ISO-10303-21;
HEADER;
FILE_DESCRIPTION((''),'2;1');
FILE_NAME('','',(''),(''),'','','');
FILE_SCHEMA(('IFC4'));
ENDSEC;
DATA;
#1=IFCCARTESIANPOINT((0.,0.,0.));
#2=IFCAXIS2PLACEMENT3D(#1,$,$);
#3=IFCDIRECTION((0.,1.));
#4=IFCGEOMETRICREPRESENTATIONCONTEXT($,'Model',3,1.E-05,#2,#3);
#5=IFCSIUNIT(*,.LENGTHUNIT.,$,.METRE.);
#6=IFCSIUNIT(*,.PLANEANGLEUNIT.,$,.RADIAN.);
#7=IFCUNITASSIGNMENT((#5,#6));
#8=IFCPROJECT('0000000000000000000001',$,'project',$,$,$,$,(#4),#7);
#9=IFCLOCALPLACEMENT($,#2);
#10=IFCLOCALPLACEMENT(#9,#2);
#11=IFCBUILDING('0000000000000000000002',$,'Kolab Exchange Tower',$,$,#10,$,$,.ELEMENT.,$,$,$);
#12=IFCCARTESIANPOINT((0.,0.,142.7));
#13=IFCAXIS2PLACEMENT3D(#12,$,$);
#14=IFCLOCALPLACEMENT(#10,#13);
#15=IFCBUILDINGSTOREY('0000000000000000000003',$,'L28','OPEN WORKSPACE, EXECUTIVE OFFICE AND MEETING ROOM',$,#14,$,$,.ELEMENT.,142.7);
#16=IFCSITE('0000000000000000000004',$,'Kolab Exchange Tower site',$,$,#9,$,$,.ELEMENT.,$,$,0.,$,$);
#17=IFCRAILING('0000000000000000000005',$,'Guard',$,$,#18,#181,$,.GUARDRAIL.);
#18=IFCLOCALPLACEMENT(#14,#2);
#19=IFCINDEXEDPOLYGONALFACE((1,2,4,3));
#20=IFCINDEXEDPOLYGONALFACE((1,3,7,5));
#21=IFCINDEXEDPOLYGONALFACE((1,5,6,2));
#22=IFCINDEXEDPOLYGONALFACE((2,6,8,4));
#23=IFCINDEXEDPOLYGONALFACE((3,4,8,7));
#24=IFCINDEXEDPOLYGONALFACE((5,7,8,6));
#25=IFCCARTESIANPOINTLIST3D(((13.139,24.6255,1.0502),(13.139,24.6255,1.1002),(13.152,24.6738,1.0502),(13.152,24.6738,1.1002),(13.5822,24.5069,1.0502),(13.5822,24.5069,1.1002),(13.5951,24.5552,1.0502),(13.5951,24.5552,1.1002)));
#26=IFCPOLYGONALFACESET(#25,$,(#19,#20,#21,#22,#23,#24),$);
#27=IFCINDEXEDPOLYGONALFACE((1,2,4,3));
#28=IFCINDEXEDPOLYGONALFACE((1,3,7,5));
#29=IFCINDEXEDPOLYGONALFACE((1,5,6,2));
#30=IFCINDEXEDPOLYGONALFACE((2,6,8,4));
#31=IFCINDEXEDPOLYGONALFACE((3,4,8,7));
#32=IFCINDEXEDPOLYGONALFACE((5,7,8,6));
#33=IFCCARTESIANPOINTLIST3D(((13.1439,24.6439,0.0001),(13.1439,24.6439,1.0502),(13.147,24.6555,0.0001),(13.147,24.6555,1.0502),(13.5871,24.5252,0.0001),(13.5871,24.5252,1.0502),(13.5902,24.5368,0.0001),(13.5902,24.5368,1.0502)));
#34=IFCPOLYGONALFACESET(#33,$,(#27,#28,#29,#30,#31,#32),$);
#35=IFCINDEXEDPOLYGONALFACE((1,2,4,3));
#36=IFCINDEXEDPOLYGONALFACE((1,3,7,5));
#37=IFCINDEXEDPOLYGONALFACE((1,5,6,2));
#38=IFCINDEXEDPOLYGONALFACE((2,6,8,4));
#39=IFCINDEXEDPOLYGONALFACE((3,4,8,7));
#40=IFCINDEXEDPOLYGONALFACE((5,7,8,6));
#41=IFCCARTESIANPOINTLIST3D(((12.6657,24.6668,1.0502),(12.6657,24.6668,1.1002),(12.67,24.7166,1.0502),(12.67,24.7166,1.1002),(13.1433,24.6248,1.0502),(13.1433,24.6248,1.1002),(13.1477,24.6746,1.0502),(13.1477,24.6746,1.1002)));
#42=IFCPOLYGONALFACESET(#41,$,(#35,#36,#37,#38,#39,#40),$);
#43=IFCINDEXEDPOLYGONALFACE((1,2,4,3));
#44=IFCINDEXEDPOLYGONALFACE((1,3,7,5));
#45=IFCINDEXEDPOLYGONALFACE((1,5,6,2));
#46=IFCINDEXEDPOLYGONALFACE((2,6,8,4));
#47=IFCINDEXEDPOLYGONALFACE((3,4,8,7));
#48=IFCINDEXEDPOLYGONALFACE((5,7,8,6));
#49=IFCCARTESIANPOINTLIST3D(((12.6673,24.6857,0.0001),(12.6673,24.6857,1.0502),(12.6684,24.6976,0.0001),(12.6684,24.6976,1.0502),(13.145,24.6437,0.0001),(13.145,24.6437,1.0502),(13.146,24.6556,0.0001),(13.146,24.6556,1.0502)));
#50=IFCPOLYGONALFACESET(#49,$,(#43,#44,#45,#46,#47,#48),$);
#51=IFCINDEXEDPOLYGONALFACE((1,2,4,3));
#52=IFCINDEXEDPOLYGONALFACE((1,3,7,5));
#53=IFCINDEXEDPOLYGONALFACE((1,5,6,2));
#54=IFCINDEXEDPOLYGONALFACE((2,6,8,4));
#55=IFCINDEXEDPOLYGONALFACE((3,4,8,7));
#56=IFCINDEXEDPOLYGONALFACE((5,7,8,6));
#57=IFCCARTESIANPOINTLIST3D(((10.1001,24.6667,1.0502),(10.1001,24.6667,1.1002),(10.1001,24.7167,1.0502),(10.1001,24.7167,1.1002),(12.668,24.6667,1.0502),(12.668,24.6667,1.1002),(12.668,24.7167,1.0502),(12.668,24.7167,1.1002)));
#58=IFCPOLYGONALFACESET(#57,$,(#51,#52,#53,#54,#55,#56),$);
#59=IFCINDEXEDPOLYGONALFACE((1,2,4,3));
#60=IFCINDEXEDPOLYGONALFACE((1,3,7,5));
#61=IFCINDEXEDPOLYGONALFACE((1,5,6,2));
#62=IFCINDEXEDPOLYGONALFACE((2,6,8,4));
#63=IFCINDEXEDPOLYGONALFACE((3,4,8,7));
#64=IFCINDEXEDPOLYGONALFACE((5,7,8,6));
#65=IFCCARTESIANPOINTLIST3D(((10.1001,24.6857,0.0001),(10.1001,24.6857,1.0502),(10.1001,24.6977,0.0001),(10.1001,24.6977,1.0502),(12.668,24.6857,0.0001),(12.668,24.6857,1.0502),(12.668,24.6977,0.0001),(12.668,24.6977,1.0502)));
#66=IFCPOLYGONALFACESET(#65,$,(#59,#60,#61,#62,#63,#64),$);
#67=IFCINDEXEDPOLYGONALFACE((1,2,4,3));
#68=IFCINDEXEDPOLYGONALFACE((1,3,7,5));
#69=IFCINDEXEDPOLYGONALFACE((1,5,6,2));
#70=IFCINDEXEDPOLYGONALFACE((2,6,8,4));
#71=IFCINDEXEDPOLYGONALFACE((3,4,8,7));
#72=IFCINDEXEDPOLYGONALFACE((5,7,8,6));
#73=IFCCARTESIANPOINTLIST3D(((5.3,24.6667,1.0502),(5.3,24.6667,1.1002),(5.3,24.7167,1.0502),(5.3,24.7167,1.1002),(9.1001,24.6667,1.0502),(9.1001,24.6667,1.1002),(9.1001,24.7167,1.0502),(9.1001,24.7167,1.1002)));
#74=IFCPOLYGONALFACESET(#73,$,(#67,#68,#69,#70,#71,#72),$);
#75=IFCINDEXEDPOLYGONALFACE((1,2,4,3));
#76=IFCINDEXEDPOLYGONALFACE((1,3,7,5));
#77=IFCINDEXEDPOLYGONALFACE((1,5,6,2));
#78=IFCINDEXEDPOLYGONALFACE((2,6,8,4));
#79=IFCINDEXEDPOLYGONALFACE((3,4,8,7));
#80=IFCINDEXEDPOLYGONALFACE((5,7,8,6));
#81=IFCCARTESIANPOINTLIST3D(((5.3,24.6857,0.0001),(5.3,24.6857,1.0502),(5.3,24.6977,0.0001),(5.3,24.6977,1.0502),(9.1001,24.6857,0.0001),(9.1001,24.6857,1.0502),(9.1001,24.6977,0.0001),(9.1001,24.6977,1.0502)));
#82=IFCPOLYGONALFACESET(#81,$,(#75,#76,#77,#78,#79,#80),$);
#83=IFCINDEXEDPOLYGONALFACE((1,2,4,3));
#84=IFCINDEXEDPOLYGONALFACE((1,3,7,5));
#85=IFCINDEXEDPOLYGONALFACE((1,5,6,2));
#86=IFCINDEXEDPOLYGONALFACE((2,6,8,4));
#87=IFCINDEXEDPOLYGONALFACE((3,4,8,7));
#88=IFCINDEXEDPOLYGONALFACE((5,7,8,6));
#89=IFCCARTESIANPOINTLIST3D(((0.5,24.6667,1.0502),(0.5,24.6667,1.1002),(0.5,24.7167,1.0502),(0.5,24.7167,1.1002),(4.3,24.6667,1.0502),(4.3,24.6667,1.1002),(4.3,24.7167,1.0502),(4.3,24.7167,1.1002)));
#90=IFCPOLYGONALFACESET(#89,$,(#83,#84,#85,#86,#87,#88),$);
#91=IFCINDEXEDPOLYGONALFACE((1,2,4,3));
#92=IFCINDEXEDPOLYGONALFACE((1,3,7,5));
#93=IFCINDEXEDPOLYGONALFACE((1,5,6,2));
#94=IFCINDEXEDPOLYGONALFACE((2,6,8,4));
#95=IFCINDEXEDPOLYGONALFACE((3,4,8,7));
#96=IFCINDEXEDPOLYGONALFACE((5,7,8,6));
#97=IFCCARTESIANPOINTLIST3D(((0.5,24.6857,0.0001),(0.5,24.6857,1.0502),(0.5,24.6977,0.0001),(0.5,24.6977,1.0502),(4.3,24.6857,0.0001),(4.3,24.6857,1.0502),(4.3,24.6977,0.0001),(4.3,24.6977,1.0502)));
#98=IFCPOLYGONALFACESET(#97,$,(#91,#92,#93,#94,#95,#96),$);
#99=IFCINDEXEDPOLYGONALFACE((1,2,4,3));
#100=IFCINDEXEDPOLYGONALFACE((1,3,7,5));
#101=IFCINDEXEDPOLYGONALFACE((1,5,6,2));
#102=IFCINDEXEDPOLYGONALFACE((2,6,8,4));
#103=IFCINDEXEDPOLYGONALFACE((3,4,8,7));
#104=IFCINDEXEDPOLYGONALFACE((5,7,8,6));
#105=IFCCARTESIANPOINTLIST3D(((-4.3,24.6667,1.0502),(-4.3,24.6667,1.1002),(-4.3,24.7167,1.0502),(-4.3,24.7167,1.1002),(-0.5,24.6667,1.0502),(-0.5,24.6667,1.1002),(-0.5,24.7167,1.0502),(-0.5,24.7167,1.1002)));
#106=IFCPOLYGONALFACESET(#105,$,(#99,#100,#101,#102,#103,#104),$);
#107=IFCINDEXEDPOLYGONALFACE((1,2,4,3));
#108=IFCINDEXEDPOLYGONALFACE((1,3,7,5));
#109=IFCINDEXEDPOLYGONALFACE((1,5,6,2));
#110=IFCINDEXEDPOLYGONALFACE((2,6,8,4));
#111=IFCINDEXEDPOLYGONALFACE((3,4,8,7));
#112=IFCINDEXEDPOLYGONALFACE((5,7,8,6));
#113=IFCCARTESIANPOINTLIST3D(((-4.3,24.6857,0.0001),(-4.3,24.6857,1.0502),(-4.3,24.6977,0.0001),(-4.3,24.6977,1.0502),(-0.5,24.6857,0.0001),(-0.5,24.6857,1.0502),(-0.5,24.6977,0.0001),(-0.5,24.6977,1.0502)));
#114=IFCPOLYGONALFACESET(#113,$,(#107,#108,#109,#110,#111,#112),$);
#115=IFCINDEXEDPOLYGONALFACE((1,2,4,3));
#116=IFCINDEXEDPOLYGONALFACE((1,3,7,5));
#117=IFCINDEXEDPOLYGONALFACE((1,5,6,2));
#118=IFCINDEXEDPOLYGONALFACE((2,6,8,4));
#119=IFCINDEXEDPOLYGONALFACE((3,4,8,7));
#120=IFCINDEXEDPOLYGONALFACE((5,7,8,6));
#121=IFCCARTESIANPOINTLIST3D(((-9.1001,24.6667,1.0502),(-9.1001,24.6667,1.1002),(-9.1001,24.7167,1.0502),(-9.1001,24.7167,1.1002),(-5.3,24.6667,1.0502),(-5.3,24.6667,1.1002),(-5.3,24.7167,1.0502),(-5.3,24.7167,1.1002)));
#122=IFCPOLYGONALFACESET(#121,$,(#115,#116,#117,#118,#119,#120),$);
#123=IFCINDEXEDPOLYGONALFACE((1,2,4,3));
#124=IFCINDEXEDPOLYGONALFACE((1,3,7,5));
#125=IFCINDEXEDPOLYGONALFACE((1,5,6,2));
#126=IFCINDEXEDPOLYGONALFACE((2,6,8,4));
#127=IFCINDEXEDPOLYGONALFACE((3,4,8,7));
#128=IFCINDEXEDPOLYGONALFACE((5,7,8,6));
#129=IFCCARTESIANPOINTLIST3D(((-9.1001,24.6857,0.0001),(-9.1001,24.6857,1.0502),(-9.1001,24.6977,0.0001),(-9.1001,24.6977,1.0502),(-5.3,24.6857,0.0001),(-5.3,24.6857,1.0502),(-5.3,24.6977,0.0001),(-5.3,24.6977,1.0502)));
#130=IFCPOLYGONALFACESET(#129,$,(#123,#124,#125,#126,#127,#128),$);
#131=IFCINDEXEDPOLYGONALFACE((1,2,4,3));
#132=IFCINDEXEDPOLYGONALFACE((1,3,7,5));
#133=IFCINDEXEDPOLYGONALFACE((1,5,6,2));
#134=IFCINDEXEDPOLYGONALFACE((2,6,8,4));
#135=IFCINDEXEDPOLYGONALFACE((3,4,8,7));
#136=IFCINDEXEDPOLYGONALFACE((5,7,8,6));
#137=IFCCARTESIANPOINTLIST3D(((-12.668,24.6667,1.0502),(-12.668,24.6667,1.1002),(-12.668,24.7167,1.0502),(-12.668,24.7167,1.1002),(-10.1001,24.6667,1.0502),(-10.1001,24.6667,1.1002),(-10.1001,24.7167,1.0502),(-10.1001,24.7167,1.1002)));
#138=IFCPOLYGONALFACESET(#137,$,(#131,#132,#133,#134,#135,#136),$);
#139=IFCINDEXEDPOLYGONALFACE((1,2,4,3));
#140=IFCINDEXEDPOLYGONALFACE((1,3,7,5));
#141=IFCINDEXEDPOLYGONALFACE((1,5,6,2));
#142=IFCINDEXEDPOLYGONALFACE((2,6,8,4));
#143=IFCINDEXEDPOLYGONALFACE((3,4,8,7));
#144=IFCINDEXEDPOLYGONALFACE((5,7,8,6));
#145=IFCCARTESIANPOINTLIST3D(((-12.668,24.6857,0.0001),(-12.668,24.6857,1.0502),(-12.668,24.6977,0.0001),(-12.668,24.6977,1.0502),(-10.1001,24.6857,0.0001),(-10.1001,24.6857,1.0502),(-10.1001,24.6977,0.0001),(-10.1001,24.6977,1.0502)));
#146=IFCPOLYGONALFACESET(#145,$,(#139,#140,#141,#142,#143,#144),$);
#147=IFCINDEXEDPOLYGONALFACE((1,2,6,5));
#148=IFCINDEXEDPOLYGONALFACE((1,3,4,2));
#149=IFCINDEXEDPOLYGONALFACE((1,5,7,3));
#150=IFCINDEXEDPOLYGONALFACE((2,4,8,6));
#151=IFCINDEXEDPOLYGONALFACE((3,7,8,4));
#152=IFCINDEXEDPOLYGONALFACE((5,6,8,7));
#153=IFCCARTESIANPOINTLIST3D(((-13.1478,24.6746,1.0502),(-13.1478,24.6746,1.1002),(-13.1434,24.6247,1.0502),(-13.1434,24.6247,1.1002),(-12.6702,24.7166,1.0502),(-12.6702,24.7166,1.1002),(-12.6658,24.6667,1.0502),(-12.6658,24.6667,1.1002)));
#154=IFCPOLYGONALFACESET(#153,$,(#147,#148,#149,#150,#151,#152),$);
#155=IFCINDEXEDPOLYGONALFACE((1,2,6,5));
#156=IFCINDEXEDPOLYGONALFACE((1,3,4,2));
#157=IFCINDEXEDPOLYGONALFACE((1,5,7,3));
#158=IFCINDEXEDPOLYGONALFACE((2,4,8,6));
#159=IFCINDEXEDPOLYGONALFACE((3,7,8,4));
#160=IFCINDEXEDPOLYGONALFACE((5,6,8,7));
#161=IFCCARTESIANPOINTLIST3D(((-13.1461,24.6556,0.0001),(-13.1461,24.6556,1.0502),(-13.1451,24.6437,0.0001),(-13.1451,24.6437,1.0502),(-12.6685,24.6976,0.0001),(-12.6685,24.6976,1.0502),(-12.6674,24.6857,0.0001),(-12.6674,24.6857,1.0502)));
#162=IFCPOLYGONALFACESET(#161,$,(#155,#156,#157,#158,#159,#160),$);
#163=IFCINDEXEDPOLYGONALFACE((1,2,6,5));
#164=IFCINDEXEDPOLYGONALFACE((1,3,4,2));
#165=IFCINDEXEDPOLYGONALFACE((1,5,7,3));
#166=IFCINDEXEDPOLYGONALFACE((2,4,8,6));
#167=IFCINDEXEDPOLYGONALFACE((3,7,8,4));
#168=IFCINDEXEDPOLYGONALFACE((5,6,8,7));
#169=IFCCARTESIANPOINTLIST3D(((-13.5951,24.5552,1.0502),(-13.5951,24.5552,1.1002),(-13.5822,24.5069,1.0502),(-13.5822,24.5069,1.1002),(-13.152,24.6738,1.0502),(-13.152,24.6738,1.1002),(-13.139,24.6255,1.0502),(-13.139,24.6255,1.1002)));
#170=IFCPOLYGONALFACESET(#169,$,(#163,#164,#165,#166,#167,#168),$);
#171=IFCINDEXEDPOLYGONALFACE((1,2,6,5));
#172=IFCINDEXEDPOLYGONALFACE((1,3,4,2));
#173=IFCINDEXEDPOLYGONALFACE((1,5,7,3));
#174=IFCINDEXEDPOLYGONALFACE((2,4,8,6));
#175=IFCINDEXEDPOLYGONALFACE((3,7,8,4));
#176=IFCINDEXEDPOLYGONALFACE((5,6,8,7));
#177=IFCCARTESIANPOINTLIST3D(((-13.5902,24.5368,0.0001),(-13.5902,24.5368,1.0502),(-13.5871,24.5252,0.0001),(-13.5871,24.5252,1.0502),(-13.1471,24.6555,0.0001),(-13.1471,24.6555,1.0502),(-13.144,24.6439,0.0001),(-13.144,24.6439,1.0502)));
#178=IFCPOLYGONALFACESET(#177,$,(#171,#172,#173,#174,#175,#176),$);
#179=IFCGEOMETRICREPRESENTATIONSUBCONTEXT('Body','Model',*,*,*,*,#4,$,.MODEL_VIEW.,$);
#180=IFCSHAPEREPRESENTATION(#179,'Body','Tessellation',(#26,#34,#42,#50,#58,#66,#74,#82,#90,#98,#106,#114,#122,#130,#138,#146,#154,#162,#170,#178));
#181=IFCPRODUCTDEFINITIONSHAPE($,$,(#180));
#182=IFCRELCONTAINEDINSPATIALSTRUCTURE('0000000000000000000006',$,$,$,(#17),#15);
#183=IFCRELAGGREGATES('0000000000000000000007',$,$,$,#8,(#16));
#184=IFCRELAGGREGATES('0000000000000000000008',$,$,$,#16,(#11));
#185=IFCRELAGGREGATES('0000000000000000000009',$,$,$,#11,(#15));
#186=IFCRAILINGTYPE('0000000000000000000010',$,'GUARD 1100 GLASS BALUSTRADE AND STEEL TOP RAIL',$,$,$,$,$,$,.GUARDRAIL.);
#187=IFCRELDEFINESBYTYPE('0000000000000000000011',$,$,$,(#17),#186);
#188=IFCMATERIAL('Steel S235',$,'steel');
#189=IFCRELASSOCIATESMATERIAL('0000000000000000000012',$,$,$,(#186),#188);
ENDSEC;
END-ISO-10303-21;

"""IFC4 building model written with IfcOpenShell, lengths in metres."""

from ifc_helpers import new_model, si_unit, direction, frame, frame_2d, origin, origin_2d, place, context, subcontext, project, spatial, rectangle, extrude, material, type_object, element, save


model = new_model("IFC4")

# Units and contexts
model_context = context("Model", 3, precision=1e-05, world=origin(), true_north=direction((0.0, 1.0)))
body_context = subcontext(model_context, "Body", "Model", "MODEL_VIEW")
ifc_project = project(units=[si_unit("LENGTHUNIT", "METRE"), si_unit("PLANEANGLEUNIT", "RADIAN")], contexts=[model_context])

# Site, building, storey
site_placement = place(None, origin())
site = spatial("IfcSite", under=ifc_project, at=site_placement, Name="Kolab Exchange Tower site", CompositionType="ELEMENT", RefElevation=0.0)
building_placement = place(site_placement, origin())
building = spatial("IfcBuilding", under=site, at=building_placement, Name="Kolab Exchange Tower", CompositionType="ELEMENT")
storey_placement = place(building_placement, frame((0.0, 0.0, 142.7)))
storey = spatial("IfcBuildingStorey", under=building, at=storey_placement, Name="L28", Description="OPEN WORKSPACE, EXECUTIVE OFFICE AND MEETING ROOM", CompositionType="ELEMENT", Elevation=142.7)

# Shared definitions
ifc_material_1 = material(Name="Steel S235", Category="steel")

# Railing
railing_type = type_object("IfcRailingType", Name="GUARD 1100 GLASS BALUSTRADE AND STEEL TOP RAIL", PredefinedType="GUARDRAIL", material=ifc_material_1)
railing_placement = place(storey_placement, frame((13.5886, 24.531, 0.0)))
element("IfcRailing", 1, at=railing_placement, inside=storey, type_object=railing_type, Name="Guard", PredefinedType="GUARDRAIL", context=body_context, shape_type="SweptSolid", body=[
    extrude(rectangle(XDim=0.05, YDim=0.05, at=origin_2d()), frame((0.0, 0.0, 1.0752), z_axis=(-0.965969, 0.258656, 0.0), x_axis=(-0.258656, -0.965969, 0.0)), (0.0, 0.0, 1.0), 0.4587),
    extrude(rectangle(XDim=0.012, YDim=1.0501, at=frame_2d((0.0, 0.5251))), frame((0.0, 0.0, 0.0), z_axis=(-0.965969, 0.258656, 0.0), x_axis=(-0.258656, -0.965969, 0.0)), (0.0, 0.0, 1.0), 0.4587),
    extrude(rectangle(XDim=0.05, YDim=0.05, at=origin_2d()), frame((-0.4431, 0.1187, 1.0752), z_axis=(-0.996156, 0.087597, 0.0), x_axis=(-0.087597, -0.996156, 0.0)), (0.0, 0.0, 1.0), 0.4795),
    extrude(rectangle(XDim=0.012, YDim=1.0501, at=frame_2d((0.0, 0.5251))), frame((-0.4431, 0.1187, 0.0), z_axis=(-0.996156, 0.087597, 0.0), x_axis=(-0.087597, -0.996156, 0.0)), (0.0, 0.0, 1.0), 0.4795),
    extrude(rectangle(XDim=0.05, YDim=0.05, at=origin_2d()), frame((-0.9207, 0.1606, 1.0752), z_axis=(-1.0, 0.0, 0.0), x_axis=(0.0, -1.0, 0.0)), (0.0, 0.0, 1.0), 2.5679),
    extrude(rectangle(XDim=0.012, YDim=1.0501, at=frame_2d((0.0, 0.5251))), frame((-0.9207, 0.1606, 0.0), z_axis=(-1.0, 0.0, 0.0), x_axis=(0.0, -1.0, 0.0)), (0.0, 0.0, 1.0), 2.5679),
    extrude(rectangle(XDim=0.05, YDim=0.05, at=origin_2d()), frame((-4.4885, 0.1606, 1.0752), z_axis=(-1.0, 0.0, 0.0), x_axis=(0.0, -1.0, 0.0)), (0.0, 0.0, 1.0), 3.8),
    extrude(rectangle(XDim=0.012, YDim=1.0501, at=frame_2d((0.0, 0.5251))), frame((-4.4885, 0.1606, 0.0), z_axis=(-1.0, 0.0, 0.0), x_axis=(0.0, -1.0, 0.0)), (0.0, 0.0, 1.0), 3.8),
    extrude(rectangle(XDim=0.05, YDim=0.05, at=origin_2d()), frame((-9.2886, 0.1606, 1.0752), z_axis=(-1.0, 0.0, 0.0), x_axis=(0.0, -1.0, 0.0)), (0.0, 0.0, 1.0), 3.8),
    extrude(rectangle(XDim=0.012, YDim=1.0501, at=frame_2d((0.0, 0.5251))), frame((-9.2886, 0.1606, 0.0), z_axis=(-1.0, 0.0, 0.0), x_axis=(0.0, -1.0, 0.0)), (0.0, 0.0, 1.0), 3.8),
    extrude(rectangle(XDim=0.05, YDim=0.05, at=origin_2d()), frame((-14.0886, 0.1606, 1.0752), z_axis=(-1.0, 0.0, 0.0), x_axis=(0.0, -1.0, 0.0)), (0.0, 0.0, 1.0), 3.8),
    extrude(rectangle(XDim=0.012, YDim=1.0501, at=frame_2d((0.0, 0.5251))), frame((-14.0886, 0.1606, 0.0), z_axis=(-1.0, 0.0, 0.0), x_axis=(0.0, -1.0, 0.0)), (0.0, 0.0, 1.0), 3.8),
    extrude(rectangle(XDim=0.05, YDim=0.05, at=origin_2d()), frame((-18.8887, 0.1606, 1.0752), z_axis=(-1.0, 0.0, 0.0), x_axis=(0.0, -1.0, 0.0)), (0.0, 0.0, 1.0), 3.8),
    extrude(rectangle(XDim=0.012, YDim=1.0501, at=frame_2d((0.0, 0.5251))), frame((-18.8887, 0.1606, 0.0), z_axis=(-1.0, 0.0, 0.0), x_axis=(0.0, -1.0, 0.0)), (0.0, 0.0, 1.0), 3.8),
    extrude(rectangle(XDim=0.05, YDim=0.05, at=origin_2d()), frame((-23.6887, 0.1606, 1.0752), z_axis=(-1.0, 0.0, 0.0), x_axis=(0.0, -1.0, 0.0)), (0.0, 0.0, 1.0), 2.5679),
    extrude(rectangle(XDim=0.012, YDim=1.0501, at=frame_2d((0.0, 0.5251))), frame((-23.6887, 0.1606, 0.0), z_axis=(-1.0, 0.0, 0.0), x_axis=(0.0, -1.0, 0.0)), (0.0, 0.0, 1.0), 2.5679),
    extrude(rectangle(XDim=0.05, YDim=0.05, at=origin_2d()), frame((-26.2566, 0.1606, 1.0752), z_axis=(-0.996156, -0.087597, 0.0), x_axis=(0.087597, -0.996156, 0.0)), (0.0, 0.0, 1.0), 0.4795),
    extrude(rectangle(XDim=0.012, YDim=1.0501, at=frame_2d((0.0, 0.5251))), frame((-26.2566, 0.1606, 0.0), z_axis=(-0.996156, -0.087597, 0.0), x_axis=(0.087597, -0.996156, 0.0)), (0.0, 0.0, 1.0), 0.4795),
    extrude(rectangle(XDim=0.05, YDim=0.05, at=origin_2d()), frame((-26.7341, 0.1187, 1.0752), z_axis=(-0.965969, -0.258656, 0.0), x_axis=(0.258656, -0.965969, 0.0)), (0.0, 0.0, 1.0), 0.4587),
    extrude(rectangle(XDim=0.012, YDim=1.0501, at=frame_2d((0.0, 0.5251))), frame((-26.7341, 0.1187, 0.0), z_axis=(-0.965969, -0.258656, 0.0), x_axis=(0.258656, -0.965969, 0.0)), (0.0, 0.0, 1.0), 0.4587),
])

save(model, "model.ifc")
